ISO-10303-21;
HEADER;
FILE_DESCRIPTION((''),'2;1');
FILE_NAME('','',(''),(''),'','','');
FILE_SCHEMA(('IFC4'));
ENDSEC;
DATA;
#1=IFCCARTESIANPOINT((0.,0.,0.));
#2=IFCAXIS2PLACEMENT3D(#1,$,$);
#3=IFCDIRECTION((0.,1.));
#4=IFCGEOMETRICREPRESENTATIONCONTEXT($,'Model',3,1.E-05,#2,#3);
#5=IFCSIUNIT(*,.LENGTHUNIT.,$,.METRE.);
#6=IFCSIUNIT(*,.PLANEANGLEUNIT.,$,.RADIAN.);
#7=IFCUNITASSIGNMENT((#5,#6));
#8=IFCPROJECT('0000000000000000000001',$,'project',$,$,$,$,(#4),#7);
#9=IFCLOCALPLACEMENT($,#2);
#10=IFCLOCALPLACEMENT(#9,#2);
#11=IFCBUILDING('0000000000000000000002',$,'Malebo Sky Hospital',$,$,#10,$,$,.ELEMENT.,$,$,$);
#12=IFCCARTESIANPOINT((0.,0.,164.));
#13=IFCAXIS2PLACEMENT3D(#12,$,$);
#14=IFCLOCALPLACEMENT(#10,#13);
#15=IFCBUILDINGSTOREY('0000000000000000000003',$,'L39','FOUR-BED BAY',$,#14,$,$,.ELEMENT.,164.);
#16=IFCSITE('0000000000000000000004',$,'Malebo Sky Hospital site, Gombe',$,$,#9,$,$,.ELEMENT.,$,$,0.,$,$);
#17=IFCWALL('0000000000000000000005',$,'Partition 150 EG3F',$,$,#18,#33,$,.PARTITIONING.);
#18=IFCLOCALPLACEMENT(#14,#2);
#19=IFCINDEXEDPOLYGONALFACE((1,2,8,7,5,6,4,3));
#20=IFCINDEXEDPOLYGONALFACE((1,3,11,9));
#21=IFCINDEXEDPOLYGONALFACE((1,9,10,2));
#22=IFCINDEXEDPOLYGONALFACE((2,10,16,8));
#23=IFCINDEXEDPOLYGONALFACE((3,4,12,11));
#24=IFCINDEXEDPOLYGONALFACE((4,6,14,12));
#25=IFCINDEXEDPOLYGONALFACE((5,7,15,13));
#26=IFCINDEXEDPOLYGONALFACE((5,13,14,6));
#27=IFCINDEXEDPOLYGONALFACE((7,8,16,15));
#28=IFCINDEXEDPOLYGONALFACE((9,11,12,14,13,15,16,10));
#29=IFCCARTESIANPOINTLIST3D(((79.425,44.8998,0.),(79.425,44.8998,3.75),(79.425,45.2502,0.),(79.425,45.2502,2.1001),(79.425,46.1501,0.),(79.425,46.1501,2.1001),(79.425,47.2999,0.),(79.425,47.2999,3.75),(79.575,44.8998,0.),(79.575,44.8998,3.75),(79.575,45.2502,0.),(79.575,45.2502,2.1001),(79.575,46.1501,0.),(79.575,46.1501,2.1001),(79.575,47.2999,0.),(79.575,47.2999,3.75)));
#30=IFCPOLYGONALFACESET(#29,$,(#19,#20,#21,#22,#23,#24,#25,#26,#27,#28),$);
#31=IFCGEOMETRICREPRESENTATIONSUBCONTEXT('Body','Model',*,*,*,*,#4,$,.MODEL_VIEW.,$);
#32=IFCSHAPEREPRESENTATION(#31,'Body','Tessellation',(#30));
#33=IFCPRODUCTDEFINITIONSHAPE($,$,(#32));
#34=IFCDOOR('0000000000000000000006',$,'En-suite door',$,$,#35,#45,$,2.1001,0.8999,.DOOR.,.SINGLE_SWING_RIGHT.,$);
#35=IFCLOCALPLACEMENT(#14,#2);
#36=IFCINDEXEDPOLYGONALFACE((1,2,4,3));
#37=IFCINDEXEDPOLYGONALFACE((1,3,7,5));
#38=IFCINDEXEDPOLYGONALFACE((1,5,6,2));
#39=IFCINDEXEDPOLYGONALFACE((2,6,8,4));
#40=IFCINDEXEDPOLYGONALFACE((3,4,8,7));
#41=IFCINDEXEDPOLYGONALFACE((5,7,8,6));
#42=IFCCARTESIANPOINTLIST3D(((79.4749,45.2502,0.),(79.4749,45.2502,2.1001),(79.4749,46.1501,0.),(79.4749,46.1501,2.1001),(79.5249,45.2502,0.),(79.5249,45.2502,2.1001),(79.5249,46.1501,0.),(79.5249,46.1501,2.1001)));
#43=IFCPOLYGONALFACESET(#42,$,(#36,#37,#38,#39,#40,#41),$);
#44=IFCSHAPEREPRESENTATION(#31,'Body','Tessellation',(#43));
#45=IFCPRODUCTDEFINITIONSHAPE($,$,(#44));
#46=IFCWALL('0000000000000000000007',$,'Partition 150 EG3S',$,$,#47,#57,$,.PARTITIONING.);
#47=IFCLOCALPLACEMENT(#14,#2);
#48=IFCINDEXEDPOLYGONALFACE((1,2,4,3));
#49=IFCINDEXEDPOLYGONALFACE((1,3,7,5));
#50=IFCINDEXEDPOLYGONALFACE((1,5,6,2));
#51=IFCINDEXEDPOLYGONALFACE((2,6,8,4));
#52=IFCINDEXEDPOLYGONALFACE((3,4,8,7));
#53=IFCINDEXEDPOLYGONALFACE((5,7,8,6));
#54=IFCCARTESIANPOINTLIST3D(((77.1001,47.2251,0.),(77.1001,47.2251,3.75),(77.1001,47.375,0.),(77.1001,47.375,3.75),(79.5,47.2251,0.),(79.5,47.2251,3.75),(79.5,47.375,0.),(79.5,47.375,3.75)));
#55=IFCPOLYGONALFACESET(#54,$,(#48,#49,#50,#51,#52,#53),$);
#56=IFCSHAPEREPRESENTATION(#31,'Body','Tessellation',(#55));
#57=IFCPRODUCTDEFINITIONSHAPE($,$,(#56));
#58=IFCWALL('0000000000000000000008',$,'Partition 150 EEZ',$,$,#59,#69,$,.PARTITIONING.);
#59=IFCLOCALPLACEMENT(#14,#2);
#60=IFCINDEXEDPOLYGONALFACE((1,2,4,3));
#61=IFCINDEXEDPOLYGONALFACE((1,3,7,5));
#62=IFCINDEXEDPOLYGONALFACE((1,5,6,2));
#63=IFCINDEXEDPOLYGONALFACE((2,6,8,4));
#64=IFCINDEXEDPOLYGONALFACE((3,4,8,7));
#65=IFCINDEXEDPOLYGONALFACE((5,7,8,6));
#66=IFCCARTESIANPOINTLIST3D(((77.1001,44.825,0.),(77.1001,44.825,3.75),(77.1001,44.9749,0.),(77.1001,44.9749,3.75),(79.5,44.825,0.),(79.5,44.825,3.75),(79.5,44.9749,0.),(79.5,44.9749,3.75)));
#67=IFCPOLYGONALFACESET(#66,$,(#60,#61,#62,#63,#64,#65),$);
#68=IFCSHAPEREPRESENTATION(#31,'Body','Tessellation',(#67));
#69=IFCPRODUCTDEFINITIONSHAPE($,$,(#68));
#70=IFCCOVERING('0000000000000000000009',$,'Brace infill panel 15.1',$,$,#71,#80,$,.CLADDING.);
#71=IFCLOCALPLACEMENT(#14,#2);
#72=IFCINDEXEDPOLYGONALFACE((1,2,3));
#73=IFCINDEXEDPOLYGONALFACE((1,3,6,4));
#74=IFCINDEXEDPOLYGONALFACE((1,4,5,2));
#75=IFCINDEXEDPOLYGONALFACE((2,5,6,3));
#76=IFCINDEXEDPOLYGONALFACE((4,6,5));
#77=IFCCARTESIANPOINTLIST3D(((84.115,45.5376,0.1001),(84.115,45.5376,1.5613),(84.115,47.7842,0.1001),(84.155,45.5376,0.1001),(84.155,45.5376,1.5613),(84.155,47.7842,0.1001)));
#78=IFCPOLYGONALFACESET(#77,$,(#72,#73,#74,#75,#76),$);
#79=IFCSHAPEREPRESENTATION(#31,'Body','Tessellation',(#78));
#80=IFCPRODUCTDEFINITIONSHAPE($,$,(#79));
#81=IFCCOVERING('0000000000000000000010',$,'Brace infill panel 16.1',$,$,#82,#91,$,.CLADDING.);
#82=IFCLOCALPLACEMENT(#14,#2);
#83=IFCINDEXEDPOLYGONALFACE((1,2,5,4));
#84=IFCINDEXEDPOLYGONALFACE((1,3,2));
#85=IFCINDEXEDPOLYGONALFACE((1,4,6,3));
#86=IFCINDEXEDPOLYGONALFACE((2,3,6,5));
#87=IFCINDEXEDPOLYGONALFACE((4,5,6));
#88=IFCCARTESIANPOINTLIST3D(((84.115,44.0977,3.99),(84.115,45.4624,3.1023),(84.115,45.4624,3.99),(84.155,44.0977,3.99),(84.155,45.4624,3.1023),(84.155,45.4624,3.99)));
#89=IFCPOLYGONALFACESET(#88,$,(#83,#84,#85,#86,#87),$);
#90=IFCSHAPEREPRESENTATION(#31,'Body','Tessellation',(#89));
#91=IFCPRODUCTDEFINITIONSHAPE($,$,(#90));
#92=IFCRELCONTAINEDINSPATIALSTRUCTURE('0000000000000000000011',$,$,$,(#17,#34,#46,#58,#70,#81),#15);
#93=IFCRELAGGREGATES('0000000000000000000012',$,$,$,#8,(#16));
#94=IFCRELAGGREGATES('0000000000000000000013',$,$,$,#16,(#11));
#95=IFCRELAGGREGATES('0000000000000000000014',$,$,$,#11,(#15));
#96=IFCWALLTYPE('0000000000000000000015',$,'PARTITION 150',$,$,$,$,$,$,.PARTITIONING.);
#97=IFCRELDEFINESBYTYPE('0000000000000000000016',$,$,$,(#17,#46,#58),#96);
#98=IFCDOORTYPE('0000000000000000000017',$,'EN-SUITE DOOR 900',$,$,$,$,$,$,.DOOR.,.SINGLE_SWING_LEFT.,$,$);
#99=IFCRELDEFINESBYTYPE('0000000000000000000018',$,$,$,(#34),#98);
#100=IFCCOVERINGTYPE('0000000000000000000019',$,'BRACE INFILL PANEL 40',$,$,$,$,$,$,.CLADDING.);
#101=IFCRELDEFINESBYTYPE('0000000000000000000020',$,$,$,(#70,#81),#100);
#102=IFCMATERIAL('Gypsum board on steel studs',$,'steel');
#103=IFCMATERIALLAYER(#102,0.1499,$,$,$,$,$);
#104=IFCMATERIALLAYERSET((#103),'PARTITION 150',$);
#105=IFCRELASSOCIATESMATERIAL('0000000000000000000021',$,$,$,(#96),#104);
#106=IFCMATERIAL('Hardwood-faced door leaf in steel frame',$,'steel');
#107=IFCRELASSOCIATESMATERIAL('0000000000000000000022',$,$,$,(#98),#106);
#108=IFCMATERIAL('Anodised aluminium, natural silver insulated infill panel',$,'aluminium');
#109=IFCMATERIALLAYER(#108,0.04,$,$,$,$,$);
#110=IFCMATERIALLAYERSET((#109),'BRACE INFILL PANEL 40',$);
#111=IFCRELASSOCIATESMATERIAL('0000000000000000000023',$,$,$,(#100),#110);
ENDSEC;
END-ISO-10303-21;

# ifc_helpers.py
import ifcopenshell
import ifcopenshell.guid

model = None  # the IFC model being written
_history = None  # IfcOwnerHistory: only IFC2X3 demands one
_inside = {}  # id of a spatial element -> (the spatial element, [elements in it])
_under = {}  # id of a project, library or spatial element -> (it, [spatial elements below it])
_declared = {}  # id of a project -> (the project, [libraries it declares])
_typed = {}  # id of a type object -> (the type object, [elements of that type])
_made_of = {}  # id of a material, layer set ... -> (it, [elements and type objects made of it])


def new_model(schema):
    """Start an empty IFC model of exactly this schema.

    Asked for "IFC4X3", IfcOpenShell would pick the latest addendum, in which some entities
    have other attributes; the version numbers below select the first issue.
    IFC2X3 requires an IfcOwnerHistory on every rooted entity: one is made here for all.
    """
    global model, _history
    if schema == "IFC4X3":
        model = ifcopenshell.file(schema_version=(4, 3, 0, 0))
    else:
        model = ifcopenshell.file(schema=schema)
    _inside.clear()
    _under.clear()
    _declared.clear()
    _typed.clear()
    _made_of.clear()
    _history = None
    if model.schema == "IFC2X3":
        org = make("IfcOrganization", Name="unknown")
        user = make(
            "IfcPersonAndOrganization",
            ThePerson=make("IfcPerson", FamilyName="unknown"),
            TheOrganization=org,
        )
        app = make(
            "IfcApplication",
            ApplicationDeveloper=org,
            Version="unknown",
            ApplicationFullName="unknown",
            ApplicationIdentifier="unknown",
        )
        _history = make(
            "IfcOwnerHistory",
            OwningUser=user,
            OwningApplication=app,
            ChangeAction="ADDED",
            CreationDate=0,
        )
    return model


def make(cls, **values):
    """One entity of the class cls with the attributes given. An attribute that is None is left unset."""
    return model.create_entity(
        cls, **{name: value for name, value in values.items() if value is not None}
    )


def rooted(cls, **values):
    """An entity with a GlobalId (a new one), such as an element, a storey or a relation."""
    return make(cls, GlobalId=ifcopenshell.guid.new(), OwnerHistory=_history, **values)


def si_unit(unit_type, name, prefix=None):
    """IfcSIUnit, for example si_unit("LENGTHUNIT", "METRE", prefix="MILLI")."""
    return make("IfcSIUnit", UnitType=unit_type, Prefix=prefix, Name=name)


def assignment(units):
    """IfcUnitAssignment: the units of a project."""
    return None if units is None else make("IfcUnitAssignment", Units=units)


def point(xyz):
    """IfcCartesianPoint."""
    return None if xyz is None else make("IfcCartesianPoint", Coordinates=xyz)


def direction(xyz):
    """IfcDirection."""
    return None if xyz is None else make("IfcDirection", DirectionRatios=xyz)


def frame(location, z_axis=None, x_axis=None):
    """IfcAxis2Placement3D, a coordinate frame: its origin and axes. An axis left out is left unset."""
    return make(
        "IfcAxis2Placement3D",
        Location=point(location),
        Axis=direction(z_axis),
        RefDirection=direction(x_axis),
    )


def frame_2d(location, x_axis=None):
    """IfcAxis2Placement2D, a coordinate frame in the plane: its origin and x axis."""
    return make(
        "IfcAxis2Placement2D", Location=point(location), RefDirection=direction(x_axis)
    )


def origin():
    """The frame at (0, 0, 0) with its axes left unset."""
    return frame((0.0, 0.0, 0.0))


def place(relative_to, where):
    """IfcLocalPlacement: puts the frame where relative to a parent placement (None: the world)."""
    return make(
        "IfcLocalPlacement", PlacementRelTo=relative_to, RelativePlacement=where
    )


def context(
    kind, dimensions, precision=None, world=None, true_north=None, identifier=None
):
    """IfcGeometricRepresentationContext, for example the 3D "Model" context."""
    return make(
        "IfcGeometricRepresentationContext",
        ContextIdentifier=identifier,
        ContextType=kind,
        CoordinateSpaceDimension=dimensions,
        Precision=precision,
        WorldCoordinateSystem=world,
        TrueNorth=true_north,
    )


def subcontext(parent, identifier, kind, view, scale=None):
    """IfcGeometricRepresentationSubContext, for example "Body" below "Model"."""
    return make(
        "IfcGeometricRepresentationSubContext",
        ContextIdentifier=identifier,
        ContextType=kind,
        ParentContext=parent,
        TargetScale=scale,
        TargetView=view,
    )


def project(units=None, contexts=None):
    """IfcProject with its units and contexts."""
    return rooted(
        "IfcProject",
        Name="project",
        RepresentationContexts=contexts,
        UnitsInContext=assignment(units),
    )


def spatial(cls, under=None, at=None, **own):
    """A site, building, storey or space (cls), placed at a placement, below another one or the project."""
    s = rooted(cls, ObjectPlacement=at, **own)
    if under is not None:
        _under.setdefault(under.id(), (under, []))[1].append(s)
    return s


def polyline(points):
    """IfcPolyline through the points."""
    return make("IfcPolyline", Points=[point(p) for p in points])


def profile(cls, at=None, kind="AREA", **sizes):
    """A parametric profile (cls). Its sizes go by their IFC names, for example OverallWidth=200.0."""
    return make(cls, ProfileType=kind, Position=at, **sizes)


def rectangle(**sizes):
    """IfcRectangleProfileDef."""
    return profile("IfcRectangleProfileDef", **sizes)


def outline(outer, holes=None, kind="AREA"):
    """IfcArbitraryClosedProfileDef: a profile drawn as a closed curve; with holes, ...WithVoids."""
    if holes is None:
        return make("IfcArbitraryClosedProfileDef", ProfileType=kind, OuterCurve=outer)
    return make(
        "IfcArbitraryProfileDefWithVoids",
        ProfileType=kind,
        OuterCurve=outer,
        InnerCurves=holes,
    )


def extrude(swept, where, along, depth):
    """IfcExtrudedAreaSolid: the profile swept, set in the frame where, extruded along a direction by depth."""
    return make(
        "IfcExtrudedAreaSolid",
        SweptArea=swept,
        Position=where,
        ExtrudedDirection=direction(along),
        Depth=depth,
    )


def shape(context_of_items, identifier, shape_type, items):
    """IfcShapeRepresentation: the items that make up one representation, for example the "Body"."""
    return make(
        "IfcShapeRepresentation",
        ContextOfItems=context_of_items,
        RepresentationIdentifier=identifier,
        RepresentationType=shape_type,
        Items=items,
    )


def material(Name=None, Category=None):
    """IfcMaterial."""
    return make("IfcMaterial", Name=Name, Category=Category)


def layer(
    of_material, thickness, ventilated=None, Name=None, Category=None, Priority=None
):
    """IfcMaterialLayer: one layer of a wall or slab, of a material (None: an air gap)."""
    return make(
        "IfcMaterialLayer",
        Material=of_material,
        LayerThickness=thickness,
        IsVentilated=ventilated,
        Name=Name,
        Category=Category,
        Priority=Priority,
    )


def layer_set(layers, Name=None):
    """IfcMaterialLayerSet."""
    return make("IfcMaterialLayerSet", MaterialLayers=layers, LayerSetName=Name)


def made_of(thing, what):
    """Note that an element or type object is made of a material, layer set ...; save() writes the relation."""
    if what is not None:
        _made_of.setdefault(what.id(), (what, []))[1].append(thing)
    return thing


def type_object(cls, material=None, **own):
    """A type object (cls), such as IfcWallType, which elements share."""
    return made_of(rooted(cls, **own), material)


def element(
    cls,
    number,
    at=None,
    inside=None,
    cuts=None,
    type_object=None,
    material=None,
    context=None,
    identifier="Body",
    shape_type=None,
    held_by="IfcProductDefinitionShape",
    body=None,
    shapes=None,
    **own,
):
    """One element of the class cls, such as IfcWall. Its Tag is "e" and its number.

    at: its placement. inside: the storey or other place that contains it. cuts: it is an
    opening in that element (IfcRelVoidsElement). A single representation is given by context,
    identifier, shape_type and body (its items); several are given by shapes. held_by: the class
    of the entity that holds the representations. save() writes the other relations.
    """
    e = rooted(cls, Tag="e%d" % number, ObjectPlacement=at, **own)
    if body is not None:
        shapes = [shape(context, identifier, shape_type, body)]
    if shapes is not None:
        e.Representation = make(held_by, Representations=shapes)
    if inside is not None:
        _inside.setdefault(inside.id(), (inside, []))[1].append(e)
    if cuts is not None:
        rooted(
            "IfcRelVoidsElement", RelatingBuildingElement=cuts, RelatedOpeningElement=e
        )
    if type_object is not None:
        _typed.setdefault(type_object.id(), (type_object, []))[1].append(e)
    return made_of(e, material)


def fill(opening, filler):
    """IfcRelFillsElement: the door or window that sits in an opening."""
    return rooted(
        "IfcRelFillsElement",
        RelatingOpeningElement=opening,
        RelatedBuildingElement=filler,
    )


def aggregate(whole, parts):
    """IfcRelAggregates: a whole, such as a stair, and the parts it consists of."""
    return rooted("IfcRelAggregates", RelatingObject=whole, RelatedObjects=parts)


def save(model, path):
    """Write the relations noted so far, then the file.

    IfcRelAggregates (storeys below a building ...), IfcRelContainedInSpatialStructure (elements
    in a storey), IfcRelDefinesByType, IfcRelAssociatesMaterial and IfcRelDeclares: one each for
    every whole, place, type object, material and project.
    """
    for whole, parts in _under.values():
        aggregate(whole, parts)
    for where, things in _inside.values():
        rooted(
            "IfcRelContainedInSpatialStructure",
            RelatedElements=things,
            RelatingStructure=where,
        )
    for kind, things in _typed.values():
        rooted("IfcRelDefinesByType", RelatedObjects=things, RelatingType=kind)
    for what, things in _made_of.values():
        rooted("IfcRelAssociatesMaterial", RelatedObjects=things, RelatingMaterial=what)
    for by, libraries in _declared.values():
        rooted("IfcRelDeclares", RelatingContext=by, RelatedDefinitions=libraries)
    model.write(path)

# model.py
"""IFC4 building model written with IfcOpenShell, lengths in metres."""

from ifc_helpers import new_model, si_unit, direction, frame, frame_2d, origin, place, context, subcontext, project, spatial, polyline, rectangle, outline, extrude, material, layer, layer_set, type_object, element, fill, save


model = new_model("IFC4")

# Units and contexts
model_context = context("Model", 3, precision=1e-05, world=origin(), true_north=direction((0.0, 1.0)))
body_context = subcontext(model_context, "Body", "Model", "MODEL_VIEW")
ifc_project = project(units=[si_unit("LENGTHUNIT", "METRE"), si_unit("PLANEANGLEUNIT", "RADIAN")], contexts=[model_context])

# Site, building, storey
site_placement = place(None, origin())
site = spatial("IfcSite", under=ifc_project, at=site_placement, Name="Malebo Sky Hospital site, Gombe", CompositionType="ELEMENT", RefElevation=0.0)
building_placement = place(site_placement, origin())
building = spatial("IfcBuilding", under=site, at=building_placement, Name="Malebo Sky Hospital", CompositionType="ELEMENT")
storey_placement = place(building_placement, frame((0.0, 0.0, 164.0)))
storey = spatial("IfcBuildingStorey", under=building, at=storey_placement, Name="L39", Description="FOUR-BED BAY", CompositionType="ELEMENT", Elevation=164.0)

# Shared definitions
ifc_material_1 = material(Name="Gypsum board on steel studs", Category="steel")
ifc_material_2 = material(Name="Hardwood-faced door leaf in steel frame", Category="steel")

# Shared definitions
ifc_layer_1 = layer(ifc_material_1, 0.1499)
ifc_layer_set_1 = layer_set([ifc_layer_1], Name="PARTITION 150")
wall_type_1 = type_object("IfcWallType", Name="PARTITION 150", PredefinedType="PARTITIONING", material=ifc_layer_set_1)

# Wall, opening, door
wall_1_placement = place(storey_placement, frame((79.5, 47.3, 0.0), z_axis=(0.0, 0.0, 1.0), x_axis=(0.0, -1.0, 0.0)))
wall_1 = element("IfcWall", 1, at=wall_1_placement, inside=storey, type_object=wall_type_1, Name="Partition 150 EG3F", PredefinedType="PARTITIONING", context=body_context, shape_type="SweptSolid", body=[
    extrude(rectangle(XDim=2.4001, YDim=0.1499, at=frame_2d((1.2002, 0.0))), origin(), (0.0, 0.0, 1.0), 3.75),
])
opening_1_placement = place(wall_1_placement, frame((1.1499, 0.0, 0.0)))
opening_1 = element("IfcOpeningElement", 2, at=opening_1_placement, cuts=wall_1, PredefinedType="OPENING", context=body_context, shape_type="SweptSolid", body=[
    extrude(rectangle(XDim=0.8999, YDim=2.1001, at=frame_2d((0.45, 1.05))), frame((0.0, 0.085, 0.0), z_axis=(0.0, -1.0, 0.0), x_axis=(1.0, 0.0, 0.0)), (0.0, 0.0, 1.0), 0.1699),
])
door_type_1 = type_object("IfcDoorType", Name="EN-SUITE DOOR 900", OperationType="SINGLE_SWING_LEFT", PredefinedType="DOOR", material=ifc_material_2)
door_1_placement = place(opening_1_placement, origin())
door_1 = element("IfcDoor", 3, at=door_1_placement, inside=storey, type_object=door_type_1, Name="En-suite door", OperationType="SINGLE_SWING_RIGHT", OverallHeight=2.1001, OverallWidth=0.8999, PredefinedType="DOOR", context=body_context, shape_type="SweptSolid", body=[
    extrude(rectangle(XDim=0.8999, YDim=2.1001, at=frame_2d((0.45, 1.05))), frame((0.0, 0.0249, 0.0), z_axis=(0.0, -1.0, 0.0), x_axis=(1.0, 0.0, 0.0)), (0.0, 0.0, 1.0), 0.05),
])
fill(opening_1, door_1)

# Walls
for number, where, z_axis, x_axis, name in (
    (4, (77.1001, 47.3, 0.0), (0.0, 0.0, 1.0), (1.0, 0.0, 0.0), "Partition 150 EG3S"),
    (5, (77.1001, 44.8999, 0.0), (0.0, 0.0, 1.0), (1.0, 0.0, 0.0), "Partition 150 EEZ"),
):
    element("IfcWall", number, at=place(storey_placement, frame(where, z_axis=z_axis, x_axis=x_axis)), inside=storey, type_object=wall_type_1, Name=name, PredefinedType="PARTITIONING", context=body_context, shape_type="SweptSolid", body=[
        extrude(rectangle(XDim=2.3999, YDim=0.1499, at=frame_2d((1.2, 0.0))), origin(), (0.0, 0.0, 1.0), 3.75),
    ])

# Coverings
ifc_material_3 = material(Name="Anodised aluminium, natural silver insulated infill panel", Category="aluminium")
ifc_layer_2 = layer(ifc_material_3, 0.04)
ifc_layer_set_2 = layer_set([ifc_layer_2], Name="BRACE INFILL PANEL 40")
covering_type = type_object("IfcCoveringType", Name="BRACE INFILL PANEL 40", PredefinedType="CLADDING", material=ifc_layer_set_2)
covering_1_placement = place(storey_placement, frame((84.135, 46.6609, 0.1001), z_axis=(0.0, 0.0, 1.0), x_axis=(0.0, -1.0, 0.0)))
element("IfcCovering", 6, at=covering_1_placement, inside=storey, type_object=covering_type, Name="Brace infill panel 15.1", PredefinedType="CLADDING", context=body_context, shape_type="SweptSolid", body=[
    extrude(outline(polyline([(-1.1233, 0.0), (1.1233, 0.0), (1.1233, 1.4612), (-1.1233, 0.0)])), frame((0.0, 0.02, 0.0), z_axis=(0.0, -1.0, 0.0), x_axis=(1.0, 0.0, 0.0)), (0.0, 0.0, 1.0), 0.04),
])
covering_2_placement = place(storey_placement, frame((84.135, 44.78, 3.1023), z_axis=(0.0, 0.0, 1.0), x_axis=(0.0, -1.0, 0.0)))
element("IfcCovering", 7, at=covering_2_placement, inside=storey, type_object=covering_type, Name="Brace infill panel 16.1", PredefinedType="CLADDING", context=body_context, shape_type="SweptSolid", body=[
    extrude(outline(polyline([(-0.6824, 0.0), (0.6824, 0.8877), (-0.6824, 0.8877), (-0.6824, 0.0)])), frame((0.0, 0.02, 0.0), z_axis=(0.0, -1.0, 0.0), x_axis=(1.0, 0.0, 0.0)), (0.0, 0.0, 1.0), 0.04),
])

save(model, "model.ifc")
